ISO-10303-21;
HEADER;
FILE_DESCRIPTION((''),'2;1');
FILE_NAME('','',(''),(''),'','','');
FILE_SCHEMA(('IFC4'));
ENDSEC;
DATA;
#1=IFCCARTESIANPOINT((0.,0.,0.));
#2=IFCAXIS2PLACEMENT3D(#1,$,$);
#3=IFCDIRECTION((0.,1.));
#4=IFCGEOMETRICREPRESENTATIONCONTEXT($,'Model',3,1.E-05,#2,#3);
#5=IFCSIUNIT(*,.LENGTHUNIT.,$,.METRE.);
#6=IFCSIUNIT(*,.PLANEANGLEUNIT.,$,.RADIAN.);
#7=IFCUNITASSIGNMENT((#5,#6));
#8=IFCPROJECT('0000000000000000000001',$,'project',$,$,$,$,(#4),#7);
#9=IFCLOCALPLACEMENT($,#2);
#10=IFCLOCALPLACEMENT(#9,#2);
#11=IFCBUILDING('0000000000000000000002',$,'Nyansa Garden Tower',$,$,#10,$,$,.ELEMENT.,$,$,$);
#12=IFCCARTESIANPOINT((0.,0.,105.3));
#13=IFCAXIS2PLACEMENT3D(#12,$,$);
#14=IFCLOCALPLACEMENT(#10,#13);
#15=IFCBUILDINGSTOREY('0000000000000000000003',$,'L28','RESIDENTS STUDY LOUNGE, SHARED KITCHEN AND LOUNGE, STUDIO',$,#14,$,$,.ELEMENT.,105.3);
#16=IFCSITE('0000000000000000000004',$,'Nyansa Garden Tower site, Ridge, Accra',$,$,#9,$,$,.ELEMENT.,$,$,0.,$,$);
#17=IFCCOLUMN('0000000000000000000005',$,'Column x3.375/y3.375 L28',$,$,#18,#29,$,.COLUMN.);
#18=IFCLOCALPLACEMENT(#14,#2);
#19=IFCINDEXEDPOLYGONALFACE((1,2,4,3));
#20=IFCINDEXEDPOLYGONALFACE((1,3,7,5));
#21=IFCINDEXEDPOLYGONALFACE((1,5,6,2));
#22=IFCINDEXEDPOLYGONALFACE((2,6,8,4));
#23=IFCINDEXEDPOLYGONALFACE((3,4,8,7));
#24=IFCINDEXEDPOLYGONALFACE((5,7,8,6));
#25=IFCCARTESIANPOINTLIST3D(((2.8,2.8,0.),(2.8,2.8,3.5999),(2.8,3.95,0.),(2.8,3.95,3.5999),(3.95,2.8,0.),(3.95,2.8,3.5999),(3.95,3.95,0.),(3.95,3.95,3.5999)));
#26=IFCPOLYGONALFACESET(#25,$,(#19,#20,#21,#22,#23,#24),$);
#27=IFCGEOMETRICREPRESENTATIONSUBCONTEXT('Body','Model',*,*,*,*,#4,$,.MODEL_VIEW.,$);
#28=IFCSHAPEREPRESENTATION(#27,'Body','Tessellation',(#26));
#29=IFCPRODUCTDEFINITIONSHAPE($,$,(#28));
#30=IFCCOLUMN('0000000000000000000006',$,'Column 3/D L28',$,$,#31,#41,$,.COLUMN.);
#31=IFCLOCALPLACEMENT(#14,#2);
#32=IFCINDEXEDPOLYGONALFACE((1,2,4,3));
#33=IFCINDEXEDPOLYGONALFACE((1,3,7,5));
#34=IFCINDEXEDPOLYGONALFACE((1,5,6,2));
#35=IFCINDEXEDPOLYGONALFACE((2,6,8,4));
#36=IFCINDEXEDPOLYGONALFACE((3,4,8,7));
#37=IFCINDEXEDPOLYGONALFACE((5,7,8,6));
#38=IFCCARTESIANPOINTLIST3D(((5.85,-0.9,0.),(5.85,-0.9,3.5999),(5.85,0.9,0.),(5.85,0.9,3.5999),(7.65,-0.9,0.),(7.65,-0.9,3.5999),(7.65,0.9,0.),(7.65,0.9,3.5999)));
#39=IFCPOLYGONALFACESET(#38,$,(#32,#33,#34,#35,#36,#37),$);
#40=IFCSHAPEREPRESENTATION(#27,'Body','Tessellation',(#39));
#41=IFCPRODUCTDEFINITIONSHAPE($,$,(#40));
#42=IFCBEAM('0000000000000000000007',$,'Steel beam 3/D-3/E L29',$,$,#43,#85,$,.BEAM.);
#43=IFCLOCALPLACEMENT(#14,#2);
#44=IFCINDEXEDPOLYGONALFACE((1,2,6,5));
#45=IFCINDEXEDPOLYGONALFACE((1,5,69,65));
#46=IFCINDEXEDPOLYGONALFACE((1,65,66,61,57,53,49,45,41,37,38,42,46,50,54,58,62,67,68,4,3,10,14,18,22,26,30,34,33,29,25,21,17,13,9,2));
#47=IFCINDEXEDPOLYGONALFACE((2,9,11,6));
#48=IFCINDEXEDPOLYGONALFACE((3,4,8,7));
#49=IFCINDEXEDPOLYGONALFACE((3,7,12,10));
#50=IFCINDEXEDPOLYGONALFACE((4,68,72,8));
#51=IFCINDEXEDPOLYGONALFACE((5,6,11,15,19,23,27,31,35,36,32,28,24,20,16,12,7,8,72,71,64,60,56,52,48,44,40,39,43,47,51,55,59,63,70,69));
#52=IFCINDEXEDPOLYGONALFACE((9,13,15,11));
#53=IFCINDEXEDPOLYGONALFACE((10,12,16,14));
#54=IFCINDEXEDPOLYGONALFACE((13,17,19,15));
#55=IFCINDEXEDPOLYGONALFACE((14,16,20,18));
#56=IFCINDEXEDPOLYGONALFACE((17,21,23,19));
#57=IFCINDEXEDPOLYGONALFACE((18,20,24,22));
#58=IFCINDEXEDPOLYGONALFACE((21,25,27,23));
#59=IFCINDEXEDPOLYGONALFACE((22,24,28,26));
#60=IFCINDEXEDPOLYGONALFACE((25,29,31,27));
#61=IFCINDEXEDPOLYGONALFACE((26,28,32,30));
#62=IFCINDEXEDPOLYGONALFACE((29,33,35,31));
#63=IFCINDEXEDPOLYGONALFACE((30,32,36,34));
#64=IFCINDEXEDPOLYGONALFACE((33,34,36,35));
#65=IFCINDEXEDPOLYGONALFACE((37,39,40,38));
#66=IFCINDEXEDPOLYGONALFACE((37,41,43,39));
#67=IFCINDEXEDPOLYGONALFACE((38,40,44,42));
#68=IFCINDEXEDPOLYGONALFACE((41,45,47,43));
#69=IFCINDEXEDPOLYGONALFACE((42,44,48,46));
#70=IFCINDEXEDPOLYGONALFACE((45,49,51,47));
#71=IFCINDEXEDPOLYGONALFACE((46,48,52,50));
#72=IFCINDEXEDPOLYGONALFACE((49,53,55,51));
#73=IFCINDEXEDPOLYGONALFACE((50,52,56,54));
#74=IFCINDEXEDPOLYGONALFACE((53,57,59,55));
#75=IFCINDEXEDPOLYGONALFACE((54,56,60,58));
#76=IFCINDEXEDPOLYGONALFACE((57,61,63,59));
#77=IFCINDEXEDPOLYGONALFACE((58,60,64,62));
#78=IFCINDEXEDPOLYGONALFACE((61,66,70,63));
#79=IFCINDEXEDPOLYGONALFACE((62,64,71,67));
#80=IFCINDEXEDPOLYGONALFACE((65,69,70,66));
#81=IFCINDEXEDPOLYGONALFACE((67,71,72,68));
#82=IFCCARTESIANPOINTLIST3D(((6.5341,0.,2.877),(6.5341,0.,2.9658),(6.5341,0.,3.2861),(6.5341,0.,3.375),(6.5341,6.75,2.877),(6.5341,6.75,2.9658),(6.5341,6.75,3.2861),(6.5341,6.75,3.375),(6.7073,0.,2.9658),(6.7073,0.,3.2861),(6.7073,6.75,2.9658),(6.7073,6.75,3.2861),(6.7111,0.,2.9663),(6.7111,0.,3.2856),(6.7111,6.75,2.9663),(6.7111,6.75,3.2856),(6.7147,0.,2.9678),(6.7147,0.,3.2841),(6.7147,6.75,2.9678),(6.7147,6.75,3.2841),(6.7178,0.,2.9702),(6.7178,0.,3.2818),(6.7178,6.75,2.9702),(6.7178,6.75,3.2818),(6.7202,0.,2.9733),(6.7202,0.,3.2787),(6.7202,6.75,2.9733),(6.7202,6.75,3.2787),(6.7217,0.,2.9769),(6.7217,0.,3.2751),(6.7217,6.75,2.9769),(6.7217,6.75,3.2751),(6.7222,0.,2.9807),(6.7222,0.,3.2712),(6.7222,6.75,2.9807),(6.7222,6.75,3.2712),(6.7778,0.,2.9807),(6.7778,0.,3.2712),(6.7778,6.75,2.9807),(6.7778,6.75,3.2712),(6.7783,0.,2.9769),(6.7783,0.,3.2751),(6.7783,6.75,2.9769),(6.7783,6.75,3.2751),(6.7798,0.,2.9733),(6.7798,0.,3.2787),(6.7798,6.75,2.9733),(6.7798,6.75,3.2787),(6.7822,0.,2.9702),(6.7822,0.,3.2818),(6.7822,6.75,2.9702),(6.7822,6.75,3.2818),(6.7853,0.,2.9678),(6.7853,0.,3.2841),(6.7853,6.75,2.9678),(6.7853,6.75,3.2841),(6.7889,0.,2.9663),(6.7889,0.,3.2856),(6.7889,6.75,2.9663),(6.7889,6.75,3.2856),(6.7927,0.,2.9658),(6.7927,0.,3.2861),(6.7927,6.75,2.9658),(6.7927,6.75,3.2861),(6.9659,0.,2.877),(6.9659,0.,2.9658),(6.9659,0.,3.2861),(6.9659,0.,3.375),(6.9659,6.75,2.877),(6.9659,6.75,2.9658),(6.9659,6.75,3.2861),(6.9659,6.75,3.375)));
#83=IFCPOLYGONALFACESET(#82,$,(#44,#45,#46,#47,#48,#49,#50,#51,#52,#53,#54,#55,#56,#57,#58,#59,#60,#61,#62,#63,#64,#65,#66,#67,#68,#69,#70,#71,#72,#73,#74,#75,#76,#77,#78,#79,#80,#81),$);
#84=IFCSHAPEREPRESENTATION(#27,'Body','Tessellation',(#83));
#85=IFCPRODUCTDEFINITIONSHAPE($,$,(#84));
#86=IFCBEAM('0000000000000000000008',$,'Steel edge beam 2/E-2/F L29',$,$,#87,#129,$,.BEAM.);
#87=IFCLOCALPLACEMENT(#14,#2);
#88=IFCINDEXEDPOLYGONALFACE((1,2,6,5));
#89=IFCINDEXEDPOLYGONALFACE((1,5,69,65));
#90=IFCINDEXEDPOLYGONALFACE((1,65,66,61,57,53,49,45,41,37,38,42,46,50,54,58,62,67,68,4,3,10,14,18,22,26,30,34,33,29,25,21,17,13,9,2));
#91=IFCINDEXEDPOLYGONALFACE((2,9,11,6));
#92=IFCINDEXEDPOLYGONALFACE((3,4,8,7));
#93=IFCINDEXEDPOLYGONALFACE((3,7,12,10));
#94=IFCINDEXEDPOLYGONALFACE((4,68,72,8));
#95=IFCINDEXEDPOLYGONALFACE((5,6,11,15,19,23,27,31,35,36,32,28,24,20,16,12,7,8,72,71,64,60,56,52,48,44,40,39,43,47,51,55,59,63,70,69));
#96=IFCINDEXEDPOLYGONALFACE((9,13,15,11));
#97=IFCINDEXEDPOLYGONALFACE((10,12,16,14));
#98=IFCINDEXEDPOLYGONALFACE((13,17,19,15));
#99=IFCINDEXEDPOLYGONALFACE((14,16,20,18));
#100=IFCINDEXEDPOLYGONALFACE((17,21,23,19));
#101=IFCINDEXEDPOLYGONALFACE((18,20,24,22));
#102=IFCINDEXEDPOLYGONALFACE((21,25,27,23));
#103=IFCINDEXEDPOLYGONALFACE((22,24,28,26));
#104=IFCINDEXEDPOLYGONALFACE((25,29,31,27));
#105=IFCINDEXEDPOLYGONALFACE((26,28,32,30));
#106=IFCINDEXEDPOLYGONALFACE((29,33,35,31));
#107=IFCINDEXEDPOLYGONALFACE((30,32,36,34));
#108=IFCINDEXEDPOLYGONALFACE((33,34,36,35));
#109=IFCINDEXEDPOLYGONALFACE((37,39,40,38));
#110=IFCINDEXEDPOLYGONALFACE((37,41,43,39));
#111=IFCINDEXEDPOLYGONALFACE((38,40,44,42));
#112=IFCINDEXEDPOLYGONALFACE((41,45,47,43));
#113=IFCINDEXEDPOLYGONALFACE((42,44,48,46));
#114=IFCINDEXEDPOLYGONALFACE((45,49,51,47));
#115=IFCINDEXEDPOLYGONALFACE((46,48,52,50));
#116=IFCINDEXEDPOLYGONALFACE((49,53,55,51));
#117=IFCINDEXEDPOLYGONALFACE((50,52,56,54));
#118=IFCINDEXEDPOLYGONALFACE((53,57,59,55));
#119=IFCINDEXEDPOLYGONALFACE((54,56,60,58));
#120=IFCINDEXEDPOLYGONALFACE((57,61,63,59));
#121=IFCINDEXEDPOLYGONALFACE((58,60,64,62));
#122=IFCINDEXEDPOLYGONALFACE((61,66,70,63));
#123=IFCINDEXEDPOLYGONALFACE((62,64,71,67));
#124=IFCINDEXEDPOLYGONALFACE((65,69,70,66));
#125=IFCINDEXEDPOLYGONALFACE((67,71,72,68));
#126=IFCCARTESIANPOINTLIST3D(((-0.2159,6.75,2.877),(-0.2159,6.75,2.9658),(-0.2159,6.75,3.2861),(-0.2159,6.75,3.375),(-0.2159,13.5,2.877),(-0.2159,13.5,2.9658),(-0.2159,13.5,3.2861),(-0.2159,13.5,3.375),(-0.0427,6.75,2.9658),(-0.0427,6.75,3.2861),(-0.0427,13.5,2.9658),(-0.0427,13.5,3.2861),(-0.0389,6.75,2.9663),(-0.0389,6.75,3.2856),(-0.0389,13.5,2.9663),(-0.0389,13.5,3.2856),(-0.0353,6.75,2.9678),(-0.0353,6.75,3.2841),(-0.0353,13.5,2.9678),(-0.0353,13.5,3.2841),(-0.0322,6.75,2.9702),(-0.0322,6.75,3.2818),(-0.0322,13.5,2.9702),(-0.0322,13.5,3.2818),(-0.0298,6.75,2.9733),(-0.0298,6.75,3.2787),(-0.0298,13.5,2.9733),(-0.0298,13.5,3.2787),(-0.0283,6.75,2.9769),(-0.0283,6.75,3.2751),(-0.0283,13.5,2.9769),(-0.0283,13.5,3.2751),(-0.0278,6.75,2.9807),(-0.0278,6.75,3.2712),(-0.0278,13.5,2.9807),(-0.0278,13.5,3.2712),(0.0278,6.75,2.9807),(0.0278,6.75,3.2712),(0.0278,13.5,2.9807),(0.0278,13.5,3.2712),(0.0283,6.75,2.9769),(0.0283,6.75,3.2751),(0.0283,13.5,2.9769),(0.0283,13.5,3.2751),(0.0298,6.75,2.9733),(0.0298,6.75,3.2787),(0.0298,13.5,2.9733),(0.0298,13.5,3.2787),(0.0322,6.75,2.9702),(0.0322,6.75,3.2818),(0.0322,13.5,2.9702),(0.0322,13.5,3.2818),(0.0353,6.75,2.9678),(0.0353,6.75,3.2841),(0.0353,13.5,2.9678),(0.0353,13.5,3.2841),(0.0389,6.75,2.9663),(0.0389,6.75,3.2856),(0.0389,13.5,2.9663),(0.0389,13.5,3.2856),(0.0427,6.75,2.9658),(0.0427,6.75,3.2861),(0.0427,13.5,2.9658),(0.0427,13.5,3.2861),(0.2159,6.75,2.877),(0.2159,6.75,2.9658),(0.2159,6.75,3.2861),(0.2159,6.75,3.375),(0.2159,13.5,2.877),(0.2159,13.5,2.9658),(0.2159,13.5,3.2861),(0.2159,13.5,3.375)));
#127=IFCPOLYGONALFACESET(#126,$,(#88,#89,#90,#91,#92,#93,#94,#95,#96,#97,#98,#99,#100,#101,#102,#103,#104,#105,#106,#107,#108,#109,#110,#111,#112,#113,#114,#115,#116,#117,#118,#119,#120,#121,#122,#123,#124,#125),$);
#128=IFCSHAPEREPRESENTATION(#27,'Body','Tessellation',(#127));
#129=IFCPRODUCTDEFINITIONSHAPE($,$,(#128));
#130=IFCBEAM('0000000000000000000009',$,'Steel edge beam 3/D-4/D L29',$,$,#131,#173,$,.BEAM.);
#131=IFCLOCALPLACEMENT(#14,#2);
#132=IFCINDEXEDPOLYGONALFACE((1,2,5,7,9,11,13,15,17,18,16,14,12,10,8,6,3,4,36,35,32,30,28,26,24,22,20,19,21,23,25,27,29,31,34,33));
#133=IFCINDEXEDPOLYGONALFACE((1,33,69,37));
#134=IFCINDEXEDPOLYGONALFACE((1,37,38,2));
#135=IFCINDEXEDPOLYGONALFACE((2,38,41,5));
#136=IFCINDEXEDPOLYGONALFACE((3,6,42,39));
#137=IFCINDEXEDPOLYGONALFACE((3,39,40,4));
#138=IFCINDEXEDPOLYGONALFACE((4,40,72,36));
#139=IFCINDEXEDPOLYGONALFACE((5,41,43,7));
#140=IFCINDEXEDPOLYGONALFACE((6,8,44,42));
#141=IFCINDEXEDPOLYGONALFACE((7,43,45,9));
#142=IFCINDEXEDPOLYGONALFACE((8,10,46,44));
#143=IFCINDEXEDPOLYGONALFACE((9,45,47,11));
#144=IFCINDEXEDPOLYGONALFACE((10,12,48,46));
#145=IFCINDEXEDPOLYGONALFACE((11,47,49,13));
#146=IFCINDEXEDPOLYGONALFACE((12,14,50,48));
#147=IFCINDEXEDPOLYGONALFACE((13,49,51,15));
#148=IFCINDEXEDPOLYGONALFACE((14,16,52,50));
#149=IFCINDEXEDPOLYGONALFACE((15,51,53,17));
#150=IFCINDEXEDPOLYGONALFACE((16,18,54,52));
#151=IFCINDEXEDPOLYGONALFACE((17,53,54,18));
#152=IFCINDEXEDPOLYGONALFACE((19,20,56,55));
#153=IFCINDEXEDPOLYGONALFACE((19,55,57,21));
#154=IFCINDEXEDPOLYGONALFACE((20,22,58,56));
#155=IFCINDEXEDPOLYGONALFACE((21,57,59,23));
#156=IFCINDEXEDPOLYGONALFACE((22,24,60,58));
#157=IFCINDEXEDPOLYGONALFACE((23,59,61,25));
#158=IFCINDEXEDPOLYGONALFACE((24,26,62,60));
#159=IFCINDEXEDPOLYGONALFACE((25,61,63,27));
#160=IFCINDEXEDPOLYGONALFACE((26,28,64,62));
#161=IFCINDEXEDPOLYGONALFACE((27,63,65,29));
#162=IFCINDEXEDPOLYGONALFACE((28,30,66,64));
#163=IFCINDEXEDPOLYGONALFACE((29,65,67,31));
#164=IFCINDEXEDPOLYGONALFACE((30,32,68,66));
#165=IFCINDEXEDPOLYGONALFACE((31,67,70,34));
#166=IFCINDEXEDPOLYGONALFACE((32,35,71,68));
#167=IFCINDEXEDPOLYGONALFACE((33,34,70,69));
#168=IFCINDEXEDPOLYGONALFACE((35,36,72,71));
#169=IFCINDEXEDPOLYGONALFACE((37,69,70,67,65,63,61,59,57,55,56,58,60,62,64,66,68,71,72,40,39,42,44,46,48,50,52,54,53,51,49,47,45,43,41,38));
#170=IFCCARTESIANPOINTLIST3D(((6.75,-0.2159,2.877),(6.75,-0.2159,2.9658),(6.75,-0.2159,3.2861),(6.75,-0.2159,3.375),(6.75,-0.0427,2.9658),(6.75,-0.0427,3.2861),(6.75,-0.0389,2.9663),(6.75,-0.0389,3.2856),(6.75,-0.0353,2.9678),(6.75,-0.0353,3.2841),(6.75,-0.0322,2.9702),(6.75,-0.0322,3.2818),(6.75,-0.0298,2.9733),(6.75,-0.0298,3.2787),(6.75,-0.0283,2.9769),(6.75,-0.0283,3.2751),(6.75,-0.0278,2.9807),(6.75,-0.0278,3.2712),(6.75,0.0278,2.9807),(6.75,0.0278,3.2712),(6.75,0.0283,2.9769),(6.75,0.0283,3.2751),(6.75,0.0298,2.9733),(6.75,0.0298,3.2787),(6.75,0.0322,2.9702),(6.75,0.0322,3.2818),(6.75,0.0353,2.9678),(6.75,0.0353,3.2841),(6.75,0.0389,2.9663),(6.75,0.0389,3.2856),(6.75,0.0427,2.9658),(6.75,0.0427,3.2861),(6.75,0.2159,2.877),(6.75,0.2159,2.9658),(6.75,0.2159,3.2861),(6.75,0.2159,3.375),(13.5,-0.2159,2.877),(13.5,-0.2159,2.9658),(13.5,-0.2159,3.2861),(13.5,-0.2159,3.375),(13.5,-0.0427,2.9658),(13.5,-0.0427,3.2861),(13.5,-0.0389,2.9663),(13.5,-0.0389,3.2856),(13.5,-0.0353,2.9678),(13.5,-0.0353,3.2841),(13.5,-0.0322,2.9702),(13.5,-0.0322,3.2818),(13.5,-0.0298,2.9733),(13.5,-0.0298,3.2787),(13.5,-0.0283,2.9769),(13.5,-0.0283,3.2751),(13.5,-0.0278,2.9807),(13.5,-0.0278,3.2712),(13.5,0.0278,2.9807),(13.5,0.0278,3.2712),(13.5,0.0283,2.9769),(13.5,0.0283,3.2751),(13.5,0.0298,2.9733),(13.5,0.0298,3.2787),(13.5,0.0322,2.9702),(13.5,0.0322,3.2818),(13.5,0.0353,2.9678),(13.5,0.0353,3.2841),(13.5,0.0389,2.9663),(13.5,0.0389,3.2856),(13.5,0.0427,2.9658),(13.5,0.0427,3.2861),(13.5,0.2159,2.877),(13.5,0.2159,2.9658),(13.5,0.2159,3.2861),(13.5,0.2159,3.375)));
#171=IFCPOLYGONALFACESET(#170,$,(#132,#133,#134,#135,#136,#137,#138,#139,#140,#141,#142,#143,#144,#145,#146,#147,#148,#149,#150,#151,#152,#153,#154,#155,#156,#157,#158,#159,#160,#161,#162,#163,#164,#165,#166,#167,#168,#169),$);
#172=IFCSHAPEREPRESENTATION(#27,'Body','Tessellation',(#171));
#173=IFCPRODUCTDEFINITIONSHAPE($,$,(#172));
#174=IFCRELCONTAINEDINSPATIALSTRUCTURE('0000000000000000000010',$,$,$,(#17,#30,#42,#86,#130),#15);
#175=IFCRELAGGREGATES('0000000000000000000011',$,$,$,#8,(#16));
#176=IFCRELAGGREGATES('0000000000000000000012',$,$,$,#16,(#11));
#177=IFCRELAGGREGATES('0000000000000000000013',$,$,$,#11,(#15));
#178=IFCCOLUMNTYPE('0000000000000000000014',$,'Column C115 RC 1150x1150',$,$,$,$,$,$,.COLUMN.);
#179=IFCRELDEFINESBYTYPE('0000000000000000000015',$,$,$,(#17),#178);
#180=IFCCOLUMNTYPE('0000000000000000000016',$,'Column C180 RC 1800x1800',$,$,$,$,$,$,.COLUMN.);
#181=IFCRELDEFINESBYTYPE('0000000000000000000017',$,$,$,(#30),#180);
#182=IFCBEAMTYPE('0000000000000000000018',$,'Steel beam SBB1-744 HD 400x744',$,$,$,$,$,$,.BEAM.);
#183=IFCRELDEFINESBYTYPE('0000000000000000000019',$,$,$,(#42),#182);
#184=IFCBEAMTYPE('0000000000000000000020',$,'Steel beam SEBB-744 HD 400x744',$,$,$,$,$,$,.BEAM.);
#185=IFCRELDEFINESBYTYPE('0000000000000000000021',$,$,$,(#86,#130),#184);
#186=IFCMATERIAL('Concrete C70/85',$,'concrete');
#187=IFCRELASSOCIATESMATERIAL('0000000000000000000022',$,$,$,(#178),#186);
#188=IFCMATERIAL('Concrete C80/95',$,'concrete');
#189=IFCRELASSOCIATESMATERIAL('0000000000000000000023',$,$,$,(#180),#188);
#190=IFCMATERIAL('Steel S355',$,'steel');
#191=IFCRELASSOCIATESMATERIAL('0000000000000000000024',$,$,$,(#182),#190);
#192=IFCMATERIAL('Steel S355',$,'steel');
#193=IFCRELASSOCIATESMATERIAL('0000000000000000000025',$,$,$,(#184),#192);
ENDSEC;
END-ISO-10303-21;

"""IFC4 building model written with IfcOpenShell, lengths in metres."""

from ifc_helpers import new_model, si_unit, direction, frame, origin, origin_2d, place, context, subcontext, project, spatial, rectangle, i_section, extrude, material, material_profile, profile_set, type_object, element, save


model = new_model("IFC4")

# Units and contexts
model_context = context("Model", 3, precision=1e-05, world=origin(), true_north=direction((0.0, 1.0)))
body_context = subcontext(model_context, "Body", "Model", "MODEL_VIEW")
ifc_project = project(units=[si_unit("LENGTHUNIT", "METRE"), si_unit("PLANEANGLEUNIT", "RADIAN")], contexts=[model_context])

# Site, building, storey
site_placement = place(None, origin())
site = spatial("IfcSite", under=ifc_project, at=site_placement, Name="Nyansa Garden Tower site, Ridge, Accra", CompositionType="ELEMENT", RefElevation=0.0)
building_placement = place(site_placement, origin())
building = spatial("IfcBuilding", under=site, at=building_placement, Name="Nyansa Garden Tower", CompositionType="ELEMENT")
storey_placement = place(building_placement, frame((0.0, 0.0, 105.3)))
storey = spatial("IfcBuildingStorey", under=building, at=storey_placement, Name="L28", Description="RESIDENTS STUDY LOUNGE, SHARED KITCHEN AND LOUNGE, STUDIO", CompositionType="ELEMENT", Elevation=105.3)

# Columns
ifc_material_1 = material(Name="Concrete C70/85", Category="concrete")
ifc_material_profile_1 = material_profile(ifc_material_1, rectangle(XDim=1.1499, YDim=1.1499, at=origin_2d()), Name="RC 1150x1150")
ifc_profile_set_1 = profile_set([ifc_material_profile_1], Name="Concrete C70/85")
column_type_1 = type_object("IfcColumnType", Name="Column C115 RC 1150x1150", PredefinedType="COLUMN", material=ifc_profile_set_1)
column_1_placement = place(storey_placement, frame((3.375, 3.375, 0.0), z_axis=(0.0, 0.0, 1.0), x_axis=(1.0, 0.0, 0.0)))
element("IfcColumn", 1, at=column_1_placement, inside=storey, type_object=column_type_1, Name="Column x3.375/y3.375 L28", PredefinedType="COLUMN", context=body_context, shape_type="SweptSolid", body=[
    extrude(rectangle(XDim=1.1499, YDim=1.1499, at=origin_2d()), origin(), (0.0, 0.0, 1.0), 3.5999),
])
ifc_material_2 = material(Name="Concrete C80/95", Category="concrete")
ifc_material_profile_2 = material_profile(ifc_material_2, rectangle(XDim=1.8, YDim=1.8, at=origin_2d()), Name="RC 1800x1800")
ifc_profile_set_2 = profile_set([ifc_material_profile_2], Name="Concrete C80/95")
column_type_2 = type_object("IfcColumnType", Name="Column C180 RC 1800x1800", PredefinedType="COLUMN", material=ifc_profile_set_2)
column_2_placement = place(storey_placement, frame((6.75, 0.0, 0.0), z_axis=(0.0, 0.0, 1.0), x_axis=(1.0, 0.0, 0.0)))
element("IfcColumn", 2, at=column_2_placement, inside=storey, type_object=column_type_2, Name="Column 3/D L28", PredefinedType="COLUMN", context=body_context, shape_type="SweptSolid", body=[
    extrude(rectangle(XDim=1.8, YDim=1.8, at=origin_2d()), origin(), (0.0, 0.0, 1.0), 3.5999),
])

# Beams
ifc_material_3 = material(Name="Steel S355", Category="steel")
ifc_material_profile_3 = material_profile(ifc_material_3, i_section(OverallWidth=0.4319, OverallDepth=0.498, WebThickness=0.0557, FlangeThickness=0.0889, FilletRadius=0.0149, at=origin_2d()), Name="HD 400x744")
ifc_profile_set_3 = profile_set([ifc_material_profile_3], Name="Steel S355")
beam_type_1 = type_object("IfcBeamType", Name="Steel beam SBB1-744 HD 400x744", PredefinedType="BEAM", material=ifc_profile_set_3)
beam_placement = place(storey_placement, frame((6.75, 0.0, 3.126), z_axis=(0.0, 1.0, 0.0), x_axis=(-1.0, 0.0, 0.0)))
element("IfcBeam", 3, at=beam_placement, inside=storey, type_object=beam_type_1, Name="Steel beam 3/D-3/E L29", PredefinedType="BEAM", context=body_context, shape_type="SweptSolid", body=[
    extrude(i_section(OverallWidth=0.4319, OverallDepth=0.498, WebThickness=0.0557, FlangeThickness=0.0889, FilletRadius=0.0149, at=origin_2d()), origin(), (0.0, 0.0, 1.0), 6.75),
])
ifc_material_4 = material(Name="Steel S355", Category="steel")
ifc_material_profile_4 = material_profile(ifc_material_4, i_section(OverallWidth=0.4319, OverallDepth=0.498, WebThickness=0.0557, FlangeThickness=0.0889, FilletRadius=0.0149, at=origin_2d()), Name="HD 400x744")
ifc_profile_set_4 = profile_set([ifc_material_profile_4], Name="Steel S355")
beam_type_2 = type_object("IfcBeamType", Name="Steel beam SEBB-744 HD 400x744", PredefinedType="BEAM", material=ifc_profile_set_4)
for number, where, z_axis, x_axis, name in (
    (4, (0.0, 6.75, 3.126), (0.0, 1.0, 0.0), (-1.0, 0.0, 0.0), "Steel edge beam 2/E-2/F L29"),
    (5, (6.75, 0.0, 3.126), (1.0, 0.0, 0.0), (0.0, 1.0, 0.0), "Steel edge beam 3/D-4/D L29"),
):
    element("IfcBeam", number, at=place(storey_placement, frame(where, z_axis=z_axis, x_axis=x_axis)), inside=storey, type_object=beam_type_2, Name=name, PredefinedType="BEAM", context=body_context, shape_type="SweptSolid", body=[
        extrude(i_section(OverallWidth=0.4319, OverallDepth=0.498, WebThickness=0.0557, FlangeThickness=0.0889, FilletRadius=0.0149, at=origin_2d()), origin(), (0.0, 0.0, 1.0), 6.75),
    ])

save(model, "model.ifc")
